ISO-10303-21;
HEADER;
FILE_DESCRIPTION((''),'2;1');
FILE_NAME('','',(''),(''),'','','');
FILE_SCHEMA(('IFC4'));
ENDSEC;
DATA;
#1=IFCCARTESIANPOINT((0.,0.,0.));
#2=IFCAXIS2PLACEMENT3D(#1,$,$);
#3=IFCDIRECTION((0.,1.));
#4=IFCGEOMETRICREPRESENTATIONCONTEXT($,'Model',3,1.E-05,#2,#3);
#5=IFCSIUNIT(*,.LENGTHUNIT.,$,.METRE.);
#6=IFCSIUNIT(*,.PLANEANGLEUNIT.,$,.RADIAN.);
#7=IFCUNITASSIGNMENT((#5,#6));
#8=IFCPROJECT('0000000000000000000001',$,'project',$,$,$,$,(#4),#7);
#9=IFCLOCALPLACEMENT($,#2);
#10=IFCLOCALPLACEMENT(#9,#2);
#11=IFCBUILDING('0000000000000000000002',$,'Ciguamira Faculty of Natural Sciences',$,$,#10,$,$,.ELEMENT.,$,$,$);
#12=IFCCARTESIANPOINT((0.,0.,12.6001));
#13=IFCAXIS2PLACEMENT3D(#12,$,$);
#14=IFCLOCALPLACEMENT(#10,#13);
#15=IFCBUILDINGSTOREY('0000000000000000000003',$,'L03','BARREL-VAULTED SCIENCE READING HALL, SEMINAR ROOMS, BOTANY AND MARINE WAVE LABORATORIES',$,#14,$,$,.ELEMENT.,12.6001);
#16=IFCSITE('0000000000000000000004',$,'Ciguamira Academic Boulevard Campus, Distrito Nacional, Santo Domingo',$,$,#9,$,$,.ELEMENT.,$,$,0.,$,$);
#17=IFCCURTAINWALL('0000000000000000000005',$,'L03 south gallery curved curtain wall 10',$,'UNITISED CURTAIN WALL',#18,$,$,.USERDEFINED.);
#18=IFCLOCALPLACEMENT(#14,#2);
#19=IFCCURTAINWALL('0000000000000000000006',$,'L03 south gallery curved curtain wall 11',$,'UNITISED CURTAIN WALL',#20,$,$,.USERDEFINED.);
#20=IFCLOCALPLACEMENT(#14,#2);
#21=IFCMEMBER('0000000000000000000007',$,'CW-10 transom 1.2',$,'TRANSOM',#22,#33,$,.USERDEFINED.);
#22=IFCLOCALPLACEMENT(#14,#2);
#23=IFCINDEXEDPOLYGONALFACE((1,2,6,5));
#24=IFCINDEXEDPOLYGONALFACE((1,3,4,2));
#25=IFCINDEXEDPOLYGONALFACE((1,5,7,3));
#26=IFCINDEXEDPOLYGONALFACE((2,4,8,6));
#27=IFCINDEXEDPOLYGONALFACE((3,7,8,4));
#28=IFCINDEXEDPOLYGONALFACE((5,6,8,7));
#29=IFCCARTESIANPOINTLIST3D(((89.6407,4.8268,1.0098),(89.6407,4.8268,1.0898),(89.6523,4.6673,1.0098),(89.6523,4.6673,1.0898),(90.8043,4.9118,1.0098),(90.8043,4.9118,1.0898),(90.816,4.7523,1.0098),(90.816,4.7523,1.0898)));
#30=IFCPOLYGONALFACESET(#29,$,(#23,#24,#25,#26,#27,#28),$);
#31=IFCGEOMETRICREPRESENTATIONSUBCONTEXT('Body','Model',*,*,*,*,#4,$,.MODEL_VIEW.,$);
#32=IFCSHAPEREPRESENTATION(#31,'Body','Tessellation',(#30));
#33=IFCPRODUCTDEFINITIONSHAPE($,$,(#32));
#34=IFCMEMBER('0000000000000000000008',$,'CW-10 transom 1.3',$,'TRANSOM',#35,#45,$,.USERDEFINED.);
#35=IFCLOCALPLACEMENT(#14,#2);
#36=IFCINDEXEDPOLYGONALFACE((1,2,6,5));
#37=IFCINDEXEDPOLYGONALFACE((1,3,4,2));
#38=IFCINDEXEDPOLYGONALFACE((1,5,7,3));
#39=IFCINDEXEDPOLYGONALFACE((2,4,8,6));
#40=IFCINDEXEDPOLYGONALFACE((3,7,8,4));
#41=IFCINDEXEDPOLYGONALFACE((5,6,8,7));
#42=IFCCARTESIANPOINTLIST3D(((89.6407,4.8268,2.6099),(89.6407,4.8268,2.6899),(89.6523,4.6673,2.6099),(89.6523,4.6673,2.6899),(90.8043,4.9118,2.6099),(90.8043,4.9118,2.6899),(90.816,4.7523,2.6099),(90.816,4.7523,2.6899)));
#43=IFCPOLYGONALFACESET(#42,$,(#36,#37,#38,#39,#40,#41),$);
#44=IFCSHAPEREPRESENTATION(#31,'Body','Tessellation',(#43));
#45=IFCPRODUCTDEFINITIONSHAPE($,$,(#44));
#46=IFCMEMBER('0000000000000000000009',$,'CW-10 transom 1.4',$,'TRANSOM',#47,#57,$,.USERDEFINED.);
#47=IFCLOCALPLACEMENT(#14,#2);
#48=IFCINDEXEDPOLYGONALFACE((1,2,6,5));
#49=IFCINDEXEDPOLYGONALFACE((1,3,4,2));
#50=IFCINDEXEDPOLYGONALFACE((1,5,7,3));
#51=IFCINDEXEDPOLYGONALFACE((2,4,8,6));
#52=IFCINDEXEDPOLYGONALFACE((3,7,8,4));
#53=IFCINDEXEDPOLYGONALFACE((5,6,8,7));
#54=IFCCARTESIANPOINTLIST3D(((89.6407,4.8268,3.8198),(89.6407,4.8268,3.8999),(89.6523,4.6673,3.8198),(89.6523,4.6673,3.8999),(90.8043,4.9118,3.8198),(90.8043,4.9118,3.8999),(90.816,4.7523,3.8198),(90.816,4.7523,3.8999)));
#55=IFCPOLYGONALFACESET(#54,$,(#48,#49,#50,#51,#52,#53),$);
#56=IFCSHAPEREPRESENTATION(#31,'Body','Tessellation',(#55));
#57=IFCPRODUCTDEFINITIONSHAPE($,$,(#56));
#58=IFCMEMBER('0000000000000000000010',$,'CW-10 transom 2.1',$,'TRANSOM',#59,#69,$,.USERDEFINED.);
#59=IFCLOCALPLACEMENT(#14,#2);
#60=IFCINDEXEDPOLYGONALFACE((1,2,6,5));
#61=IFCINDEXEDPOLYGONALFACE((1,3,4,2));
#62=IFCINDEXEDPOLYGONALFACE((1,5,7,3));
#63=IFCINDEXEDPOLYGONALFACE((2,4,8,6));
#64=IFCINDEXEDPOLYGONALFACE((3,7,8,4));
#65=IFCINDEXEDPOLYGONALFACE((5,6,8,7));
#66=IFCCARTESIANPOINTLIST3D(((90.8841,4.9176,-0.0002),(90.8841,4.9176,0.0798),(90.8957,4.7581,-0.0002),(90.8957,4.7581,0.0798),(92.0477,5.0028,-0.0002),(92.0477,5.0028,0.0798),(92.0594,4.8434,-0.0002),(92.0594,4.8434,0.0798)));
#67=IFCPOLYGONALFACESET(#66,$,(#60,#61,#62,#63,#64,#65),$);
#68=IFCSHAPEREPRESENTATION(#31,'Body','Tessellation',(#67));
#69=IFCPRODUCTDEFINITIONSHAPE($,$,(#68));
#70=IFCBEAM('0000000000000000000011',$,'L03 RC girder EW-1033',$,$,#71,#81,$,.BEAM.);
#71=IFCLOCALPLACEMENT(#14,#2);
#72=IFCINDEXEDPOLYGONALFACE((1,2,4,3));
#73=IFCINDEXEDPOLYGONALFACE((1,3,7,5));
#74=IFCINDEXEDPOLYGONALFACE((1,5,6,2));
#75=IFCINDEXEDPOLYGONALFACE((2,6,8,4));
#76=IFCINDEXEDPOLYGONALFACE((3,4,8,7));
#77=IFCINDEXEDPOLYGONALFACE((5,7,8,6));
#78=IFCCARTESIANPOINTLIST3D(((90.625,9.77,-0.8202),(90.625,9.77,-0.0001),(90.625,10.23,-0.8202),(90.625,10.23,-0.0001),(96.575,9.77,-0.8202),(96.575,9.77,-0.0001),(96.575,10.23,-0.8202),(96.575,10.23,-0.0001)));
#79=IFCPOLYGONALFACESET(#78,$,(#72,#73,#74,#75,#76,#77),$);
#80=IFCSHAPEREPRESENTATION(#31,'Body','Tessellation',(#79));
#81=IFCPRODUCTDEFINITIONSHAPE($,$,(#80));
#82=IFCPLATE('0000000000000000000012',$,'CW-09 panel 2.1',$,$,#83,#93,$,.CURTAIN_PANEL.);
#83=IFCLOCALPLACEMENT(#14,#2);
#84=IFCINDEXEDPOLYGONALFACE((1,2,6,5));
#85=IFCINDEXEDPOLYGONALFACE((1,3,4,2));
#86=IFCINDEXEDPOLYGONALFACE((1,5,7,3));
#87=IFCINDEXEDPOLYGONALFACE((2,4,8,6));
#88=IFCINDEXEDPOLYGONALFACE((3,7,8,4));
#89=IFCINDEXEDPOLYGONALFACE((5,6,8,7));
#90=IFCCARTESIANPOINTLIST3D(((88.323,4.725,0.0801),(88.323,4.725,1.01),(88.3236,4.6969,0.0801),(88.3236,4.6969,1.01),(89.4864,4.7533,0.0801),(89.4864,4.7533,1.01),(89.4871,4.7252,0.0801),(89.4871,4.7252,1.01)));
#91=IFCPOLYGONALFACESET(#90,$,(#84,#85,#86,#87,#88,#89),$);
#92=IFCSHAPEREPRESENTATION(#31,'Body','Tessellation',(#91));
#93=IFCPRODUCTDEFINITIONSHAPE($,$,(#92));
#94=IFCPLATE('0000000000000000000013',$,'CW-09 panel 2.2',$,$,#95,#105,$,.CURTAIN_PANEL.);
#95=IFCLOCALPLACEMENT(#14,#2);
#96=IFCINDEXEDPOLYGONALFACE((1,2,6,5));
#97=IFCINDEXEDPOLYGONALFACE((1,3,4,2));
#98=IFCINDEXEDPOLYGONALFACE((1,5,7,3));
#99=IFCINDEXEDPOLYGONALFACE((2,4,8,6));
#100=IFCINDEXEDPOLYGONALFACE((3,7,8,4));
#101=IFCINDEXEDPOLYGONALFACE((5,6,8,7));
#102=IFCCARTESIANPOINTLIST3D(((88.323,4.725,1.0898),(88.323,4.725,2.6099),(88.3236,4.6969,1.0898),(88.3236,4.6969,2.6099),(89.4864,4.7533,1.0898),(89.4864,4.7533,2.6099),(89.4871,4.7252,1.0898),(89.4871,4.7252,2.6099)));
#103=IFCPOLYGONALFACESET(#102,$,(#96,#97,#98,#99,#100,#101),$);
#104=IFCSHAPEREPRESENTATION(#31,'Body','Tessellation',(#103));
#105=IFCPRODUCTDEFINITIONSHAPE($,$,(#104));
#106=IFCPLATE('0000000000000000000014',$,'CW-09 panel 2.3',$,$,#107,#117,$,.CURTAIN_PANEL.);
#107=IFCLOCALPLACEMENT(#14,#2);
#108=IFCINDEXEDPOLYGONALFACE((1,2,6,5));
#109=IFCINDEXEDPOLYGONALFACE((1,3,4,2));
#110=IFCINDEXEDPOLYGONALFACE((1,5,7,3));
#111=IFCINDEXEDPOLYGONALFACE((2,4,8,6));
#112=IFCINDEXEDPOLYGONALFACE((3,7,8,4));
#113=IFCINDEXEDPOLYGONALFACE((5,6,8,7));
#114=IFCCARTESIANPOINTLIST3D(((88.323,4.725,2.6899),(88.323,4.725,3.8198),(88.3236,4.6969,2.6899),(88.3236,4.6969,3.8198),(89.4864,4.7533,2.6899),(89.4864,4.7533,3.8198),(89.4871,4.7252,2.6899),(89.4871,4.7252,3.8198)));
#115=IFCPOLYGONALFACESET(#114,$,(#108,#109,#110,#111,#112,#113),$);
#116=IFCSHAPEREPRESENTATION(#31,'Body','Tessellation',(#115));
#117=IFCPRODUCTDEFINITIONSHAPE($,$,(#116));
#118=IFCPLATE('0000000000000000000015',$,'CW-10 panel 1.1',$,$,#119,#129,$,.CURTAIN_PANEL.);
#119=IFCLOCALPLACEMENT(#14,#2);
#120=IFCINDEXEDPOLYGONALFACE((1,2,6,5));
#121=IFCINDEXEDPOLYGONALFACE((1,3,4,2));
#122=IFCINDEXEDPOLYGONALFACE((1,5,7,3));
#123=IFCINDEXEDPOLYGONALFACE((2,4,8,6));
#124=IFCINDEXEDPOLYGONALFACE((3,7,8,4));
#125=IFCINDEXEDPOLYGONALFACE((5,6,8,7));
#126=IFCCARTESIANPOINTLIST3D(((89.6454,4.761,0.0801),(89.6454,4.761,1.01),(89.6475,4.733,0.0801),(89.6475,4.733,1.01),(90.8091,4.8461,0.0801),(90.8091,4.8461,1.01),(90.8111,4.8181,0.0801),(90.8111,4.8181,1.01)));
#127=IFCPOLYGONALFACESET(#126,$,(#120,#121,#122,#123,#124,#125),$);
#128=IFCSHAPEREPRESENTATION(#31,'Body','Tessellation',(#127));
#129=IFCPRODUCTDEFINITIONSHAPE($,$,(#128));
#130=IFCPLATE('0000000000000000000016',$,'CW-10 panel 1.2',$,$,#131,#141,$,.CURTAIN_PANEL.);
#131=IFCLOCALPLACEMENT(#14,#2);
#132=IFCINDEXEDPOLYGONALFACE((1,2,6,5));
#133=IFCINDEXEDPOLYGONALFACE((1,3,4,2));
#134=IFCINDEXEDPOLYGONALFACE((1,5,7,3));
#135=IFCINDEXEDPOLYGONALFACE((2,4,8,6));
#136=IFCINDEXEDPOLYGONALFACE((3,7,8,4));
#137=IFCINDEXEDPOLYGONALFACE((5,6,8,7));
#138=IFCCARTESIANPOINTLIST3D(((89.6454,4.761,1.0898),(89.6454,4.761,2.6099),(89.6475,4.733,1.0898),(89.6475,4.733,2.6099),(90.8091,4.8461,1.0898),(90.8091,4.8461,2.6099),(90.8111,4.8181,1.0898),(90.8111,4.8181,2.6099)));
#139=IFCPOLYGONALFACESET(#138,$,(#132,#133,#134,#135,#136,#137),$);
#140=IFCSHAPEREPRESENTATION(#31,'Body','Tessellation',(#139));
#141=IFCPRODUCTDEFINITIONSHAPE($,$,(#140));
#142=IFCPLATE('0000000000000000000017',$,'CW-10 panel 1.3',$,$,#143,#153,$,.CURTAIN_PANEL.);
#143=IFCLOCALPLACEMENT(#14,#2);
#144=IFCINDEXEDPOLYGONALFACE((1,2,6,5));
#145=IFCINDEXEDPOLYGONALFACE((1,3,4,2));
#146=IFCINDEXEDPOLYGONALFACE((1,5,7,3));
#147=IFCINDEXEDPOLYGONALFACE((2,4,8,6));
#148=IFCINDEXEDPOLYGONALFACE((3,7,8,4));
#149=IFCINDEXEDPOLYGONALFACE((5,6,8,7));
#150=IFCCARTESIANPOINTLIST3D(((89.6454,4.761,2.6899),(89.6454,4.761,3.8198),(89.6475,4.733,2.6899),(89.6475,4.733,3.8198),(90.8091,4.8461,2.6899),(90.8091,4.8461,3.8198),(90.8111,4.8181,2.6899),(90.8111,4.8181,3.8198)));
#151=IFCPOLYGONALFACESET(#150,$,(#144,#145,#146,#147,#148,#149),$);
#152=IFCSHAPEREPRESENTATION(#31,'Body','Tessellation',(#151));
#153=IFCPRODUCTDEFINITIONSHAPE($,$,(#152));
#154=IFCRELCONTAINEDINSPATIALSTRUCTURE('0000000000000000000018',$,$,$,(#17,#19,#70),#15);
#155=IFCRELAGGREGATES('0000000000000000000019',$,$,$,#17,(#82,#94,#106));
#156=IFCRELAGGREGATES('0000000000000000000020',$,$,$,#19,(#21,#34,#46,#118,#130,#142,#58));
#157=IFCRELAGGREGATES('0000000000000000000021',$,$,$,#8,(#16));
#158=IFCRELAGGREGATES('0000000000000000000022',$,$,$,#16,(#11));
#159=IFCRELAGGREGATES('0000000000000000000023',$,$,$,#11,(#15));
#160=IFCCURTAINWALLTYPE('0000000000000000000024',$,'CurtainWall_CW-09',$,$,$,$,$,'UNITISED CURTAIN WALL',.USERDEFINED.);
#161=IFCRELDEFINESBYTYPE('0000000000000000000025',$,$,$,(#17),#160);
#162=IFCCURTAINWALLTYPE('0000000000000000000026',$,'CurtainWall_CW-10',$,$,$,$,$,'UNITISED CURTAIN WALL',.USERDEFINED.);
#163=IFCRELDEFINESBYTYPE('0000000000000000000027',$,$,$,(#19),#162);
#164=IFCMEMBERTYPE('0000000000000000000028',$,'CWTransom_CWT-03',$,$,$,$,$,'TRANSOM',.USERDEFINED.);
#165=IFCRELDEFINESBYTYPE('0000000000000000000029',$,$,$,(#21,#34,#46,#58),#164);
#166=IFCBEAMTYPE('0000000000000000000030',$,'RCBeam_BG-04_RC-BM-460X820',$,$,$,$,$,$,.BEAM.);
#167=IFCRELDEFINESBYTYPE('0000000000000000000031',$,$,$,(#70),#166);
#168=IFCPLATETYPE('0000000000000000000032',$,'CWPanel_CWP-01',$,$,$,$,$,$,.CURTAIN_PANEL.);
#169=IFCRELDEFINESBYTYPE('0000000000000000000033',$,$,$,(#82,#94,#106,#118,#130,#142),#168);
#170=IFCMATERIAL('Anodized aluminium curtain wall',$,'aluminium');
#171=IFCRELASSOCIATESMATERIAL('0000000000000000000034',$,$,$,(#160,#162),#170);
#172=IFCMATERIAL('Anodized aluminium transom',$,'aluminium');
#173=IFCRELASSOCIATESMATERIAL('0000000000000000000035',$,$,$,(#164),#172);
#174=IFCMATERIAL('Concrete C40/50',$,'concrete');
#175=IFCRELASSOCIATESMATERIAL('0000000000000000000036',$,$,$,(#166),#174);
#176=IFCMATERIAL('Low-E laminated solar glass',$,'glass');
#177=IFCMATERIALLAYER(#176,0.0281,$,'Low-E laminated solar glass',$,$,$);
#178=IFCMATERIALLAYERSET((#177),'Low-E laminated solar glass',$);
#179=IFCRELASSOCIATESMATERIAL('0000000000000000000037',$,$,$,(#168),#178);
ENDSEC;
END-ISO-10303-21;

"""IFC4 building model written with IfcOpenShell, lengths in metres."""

from ifc_helpers import new_model, si_unit, direction, frame, origin, origin_2d, place, context, subcontext, project, spatial, rectangle, extrude, material, layer, layer_set, material_profile, profile_set, type_object, element, aggregate, save


model = new_model("IFC4")

# Units and contexts
model_context = context("Model", 3, precision=1e-05, world=origin(), true_north=direction((0.0, 1.0)))
body_context = subcontext(model_context, "Body", "Model", "MODEL_VIEW")
ifc_project = project(units=[si_unit("LENGTHUNIT", "METRE"), si_unit("PLANEANGLEUNIT", "RADIAN")], contexts=[model_context])

# Site, building, storey
site_placement = place(None, origin())
site = spatial("IfcSite", under=ifc_project, at=site_placement, Name="Ciguamira Academic Boulevard Campus, Distrito Nacional, Santo Domingo", CompositionType="ELEMENT", RefElevation=0.0)
building_placement = place(site_placement, origin())
building = spatial("IfcBuilding", under=site, at=building_placement, Name="Ciguamira Faculty of Natural Sciences", CompositionType="ELEMENT")
storey_placement = place(building_placement, frame((0.0, 0.0, 12.6001)))
storey = spatial("IfcBuildingStorey", under=building, at=storey_placement, Name="L03", Description="BARREL-VAULTED SCIENCE READING HALL, SEMINAR ROOMS, BOTANY AND MARINE WAVE LABORATORIES", CompositionType="ELEMENT", Elevation=12.6001)

# Shared definitions
ifc_material_1 = material(Name="Concrete C40/50", Category="concrete")

# Curtain wall
ifc_material_2 = material(Name="Anodized aluminium curtain wall", Category="aluminium")
curtain_wall_type_1 = type_object("IfcCurtainWallType", Name="CurtainWall_CW-09", ElementType="UNITISED CURTAIN WALL", PredefinedType="USERDEFINED", material=ifc_material_2)
curtain_wall_1_placement = place(storey_placement, origin())
curtain_wall_1 = element("IfcCurtainWall", 1, at=curtain_wall_1_placement, inside=storey, type_object=curtain_wall_type_1, Name="L03 south gallery curved curtain wall 10", ObjectType="UNITISED CURTAIN WALL", PredefinedType="USERDEFINED")

# Curtain wall
curtain_wall_type_2 = type_object("IfcCurtainWallType", Name="CurtainWall_CW-10", ElementType="UNITISED CURTAIN WALL", PredefinedType="USERDEFINED", material=ifc_material_2)
curtain_wall_2_placement = place(storey_placement, origin())
curtain_wall_2 = element("IfcCurtainWall", 2, at=curtain_wall_2_placement, inside=storey, type_object=curtain_wall_type_2, Name="L03 south gallery curved curtain wall 11", ObjectType="UNITISED CURTAIN WALL", PredefinedType="USERDEFINED")

# Members
ifc_material_3 = material(Name="Anodized aluminium transom", Category="aluminium")
ifc_material_profile_1 = material_profile(ifc_material_3, rectangle(XDim=0.0801, YDim=0.1599, at=origin_2d()), Name="ALU-TRN-80X160")
ifc_profile_set_1 = profile_set([ifc_material_profile_1], Name="Anodized aluminium transom")
member_type_1 = type_object("IfcMemberType", Name="CWTransom_CWT-03", ElementType="TRANSOM", PredefinedType="USERDEFINED", material=ifc_profile_set_1)
member_1_placement = place(storey_placement, frame((89.6465, 4.7471, 1.0498), z_axis=(0.997345, 0.072823, 0.0), x_axis=(0.0, 0.0, 1.0)))
member_1 = element("IfcMember", 3, at=member_1_placement, type_object=member_type_1, Name="CW-10 transom 1.2", ObjectType="TRANSOM", PredefinedType="USERDEFINED", context=body_context, shape_type="SweptSolid", body=[
    extrude(rectangle(XDim=0.0801, YDim=0.1599, at=origin_2d()), origin(), (0.0, 0.0, 1.0), 1.1667),
])
member_2_placement = place(storey_placement, frame((89.6465, 4.7471, 2.6499), z_axis=(0.997345, 0.072823, 0.0), x_axis=(0.0, 0.0, 1.0)))
member_2 = element("IfcMember", 4, at=member_2_placement, type_object=member_type_1, Name="CW-10 transom 1.3", ObjectType="TRANSOM", PredefinedType="USERDEFINED", context=body_context, shape_type="SweptSolid", body=[
    extrude(rectangle(XDim=0.0801, YDim=0.1599, at=origin_2d()), origin(), (0.0, 0.0, 1.0), 1.1667),
])
member_3_placement = place(storey_placement, frame((89.6465, 4.7471, 3.8599), z_axis=(0.997345, 0.072823, 0.0), x_axis=(0.0, 0.0, 1.0)))
member_3 = element("IfcMember", 5, at=member_3_placement, type_object=member_type_1, Name="CW-10 transom 1.4", ObjectType="TRANSOM", PredefinedType="USERDEFINED", context=body_context, shape_type="SweptSolid", body=[
    extrude(rectangle(XDim=0.0801, YDim=0.1599, at=origin_2d()), origin(), (0.0, 0.0, 1.0), 1.1667),
])
member_4_placement = place(storey_placement, frame((90.8899, 4.8379, 0.0398), z_axis=(0.99733, 0.073031, 0.0), x_axis=(0.0, 0.0, 1.0)))
member_4 = element("IfcMember", 6, at=member_4_placement, type_object=member_type_1, Name="CW-10 transom 2.1", ObjectType="TRANSOM", PredefinedType="USERDEFINED", context=body_context, shape_type="SweptSolid", body=[
    extrude(rectangle(XDim=0.0801, YDim=0.1599, at=origin_2d()), origin(), (0.0, 0.0, 1.0), 1.1667),
])

# Beam
ifc_material_profile_2 = material_profile(ifc_material_1, rectangle(XDim=0.46, YDim=0.8201, at=origin_2d()), Name="RC-BM-460X820")
ifc_profile_set_2 = profile_set([ifc_material_profile_2], Name="Concrete C40/50")
beam_type = type_object("IfcBeamType", Name="RCBeam_BG-04_RC-BM-460X820", PredefinedType="BEAM", material=ifc_profile_set_2)
beam_placement = place(storey_placement, frame((90.625, 10.0, -0.4102), z_axis=(1.0, 0.0, 0.0), x_axis=(0.0, 1.0, 0.0)))
element("IfcBeam", 7, at=beam_placement, inside=storey, type_object=beam_type, Name="L03 RC girder EW-1033", PredefinedType="BEAM", context=body_context, shape_type="SweptSolid", body=[
    extrude(rectangle(XDim=0.46, YDim=0.8201, at=origin_2d()), origin(), (0.0, 0.0, 1.0), 5.95),
])

# Plates
ifc_material_4 = material(Name="Low-E laminated solar glass", Category="glass")
ifc_layer = layer(ifc_material_4, 0.0281, Name="Low-E laminated solar glass")
ifc_layer_set = layer_set([ifc_layer], Name="Low-E laminated solar glass")
plate_type = type_object("IfcPlateType", Name="CWPanel_CWP-01", PredefinedType="CURTAIN_PANEL", material=ifc_layer_set)
plate_1_placement = place(storey_placement, frame((88.905, 4.7251, 0.0801), z_axis=(0.0, 0.0, 1.0), x_axis=(0.999704, 0.024343, 0.0)))
plate_1 = element("IfcPlate", 8, at=plate_1_placement, type_object=plate_type, Name="CW-09 panel 2.1", PredefinedType="CURTAIN_PANEL", context=body_context, shape_type="SweptSolid", body=[
    extrude(rectangle(XDim=1.1638, YDim=0.0281, at=origin_2d()), origin(), (0.0, 0.0, 1.0), 0.9299),
])
plate_2_placement = place(storey_placement, frame((88.905, 4.7251, 1.0898), z_axis=(0.0, 0.0, 1.0), x_axis=(0.999704, 0.024343, 0.0)))
plate_2 = element("IfcPlate", 9, at=plate_2_placement, type_object=plate_type, Name="CW-09 panel 2.2", PredefinedType="CURTAIN_PANEL", context=body_context, shape_type="SweptSolid", body=[
    extrude(rectangle(XDim=1.1638, YDim=0.0281, at=origin_2d()), origin(), (0.0, 0.0, 1.0), 1.52),
])
plate_3_placement = place(storey_placement, frame((88.905, 4.7251, 2.6899), z_axis=(0.0, 0.0, 1.0), x_axis=(0.999704, 0.024343, 0.0)))
plate_3 = element("IfcPlate", 10, at=plate_3_placement, type_object=plate_type, Name="CW-09 panel 2.3", PredefinedType="CURTAIN_PANEL", context=body_context, shape_type="SweptSolid", body=[
    extrude(rectangle(XDim=1.1638, YDim=0.0281, at=origin_2d()), origin(), (0.0, 0.0, 1.0), 1.1299),
])
aggregate(curtain_wall_1, [plate_1, plate_2, plate_3])
plate_4_placement = place(storey_placement, frame((90.2283, 4.7896, 0.0801), z_axis=(0.0, 0.0, 1.0), x_axis=(0.997337, 0.072937, 0.0)))
plate_4 = element("IfcPlate", 11, at=plate_4_placement, type_object=plate_type, Name="CW-10 panel 1.1", PredefinedType="CURTAIN_PANEL", context=body_context, shape_type="SweptSolid", body=[
    extrude(rectangle(XDim=1.1667, YDim=0.0281, at=origin_2d()), origin(), (0.0, 0.0, 1.0), 0.9299),
])
plate_5_placement = place(storey_placement, frame((90.2283, 4.7896, 1.0898), z_axis=(0.0, 0.0, 1.0), x_axis=(0.997337, 0.072937, 0.0)))
plate_5 = element("IfcPlate", 12, at=plate_5_placement, type_object=plate_type, Name="CW-10 panel 1.2", PredefinedType="CURTAIN_PANEL", context=body_context, shape_type="SweptSolid", body=[
    extrude(rectangle(XDim=1.1667, YDim=0.0281, at=origin_2d()), origin(), (0.0, 0.0, 1.0), 1.52),
])
plate_6_placement = place(storey_placement, frame((90.2283, 4.7896, 2.6899), z_axis=(0.0, 0.0, 1.0), x_axis=(0.997337, 0.072937, 0.0)))
plate_6 = element("IfcPlate", 13, at=plate_6_placement, type_object=plate_type, Name="CW-10 panel 1.3", PredefinedType="CURTAIN_PANEL", context=body_context, shape_type="SweptSolid", body=[
    extrude(rectangle(XDim=1.1667, YDim=0.0281, at=origin_2d()), origin(), (0.0, 0.0, 1.0), 1.1299),
])
aggregate(curtain_wall_2, [member_1, member_2, member_3, plate_4, plate_5, plate_6, member_4])

save(model, "model.ifc")
